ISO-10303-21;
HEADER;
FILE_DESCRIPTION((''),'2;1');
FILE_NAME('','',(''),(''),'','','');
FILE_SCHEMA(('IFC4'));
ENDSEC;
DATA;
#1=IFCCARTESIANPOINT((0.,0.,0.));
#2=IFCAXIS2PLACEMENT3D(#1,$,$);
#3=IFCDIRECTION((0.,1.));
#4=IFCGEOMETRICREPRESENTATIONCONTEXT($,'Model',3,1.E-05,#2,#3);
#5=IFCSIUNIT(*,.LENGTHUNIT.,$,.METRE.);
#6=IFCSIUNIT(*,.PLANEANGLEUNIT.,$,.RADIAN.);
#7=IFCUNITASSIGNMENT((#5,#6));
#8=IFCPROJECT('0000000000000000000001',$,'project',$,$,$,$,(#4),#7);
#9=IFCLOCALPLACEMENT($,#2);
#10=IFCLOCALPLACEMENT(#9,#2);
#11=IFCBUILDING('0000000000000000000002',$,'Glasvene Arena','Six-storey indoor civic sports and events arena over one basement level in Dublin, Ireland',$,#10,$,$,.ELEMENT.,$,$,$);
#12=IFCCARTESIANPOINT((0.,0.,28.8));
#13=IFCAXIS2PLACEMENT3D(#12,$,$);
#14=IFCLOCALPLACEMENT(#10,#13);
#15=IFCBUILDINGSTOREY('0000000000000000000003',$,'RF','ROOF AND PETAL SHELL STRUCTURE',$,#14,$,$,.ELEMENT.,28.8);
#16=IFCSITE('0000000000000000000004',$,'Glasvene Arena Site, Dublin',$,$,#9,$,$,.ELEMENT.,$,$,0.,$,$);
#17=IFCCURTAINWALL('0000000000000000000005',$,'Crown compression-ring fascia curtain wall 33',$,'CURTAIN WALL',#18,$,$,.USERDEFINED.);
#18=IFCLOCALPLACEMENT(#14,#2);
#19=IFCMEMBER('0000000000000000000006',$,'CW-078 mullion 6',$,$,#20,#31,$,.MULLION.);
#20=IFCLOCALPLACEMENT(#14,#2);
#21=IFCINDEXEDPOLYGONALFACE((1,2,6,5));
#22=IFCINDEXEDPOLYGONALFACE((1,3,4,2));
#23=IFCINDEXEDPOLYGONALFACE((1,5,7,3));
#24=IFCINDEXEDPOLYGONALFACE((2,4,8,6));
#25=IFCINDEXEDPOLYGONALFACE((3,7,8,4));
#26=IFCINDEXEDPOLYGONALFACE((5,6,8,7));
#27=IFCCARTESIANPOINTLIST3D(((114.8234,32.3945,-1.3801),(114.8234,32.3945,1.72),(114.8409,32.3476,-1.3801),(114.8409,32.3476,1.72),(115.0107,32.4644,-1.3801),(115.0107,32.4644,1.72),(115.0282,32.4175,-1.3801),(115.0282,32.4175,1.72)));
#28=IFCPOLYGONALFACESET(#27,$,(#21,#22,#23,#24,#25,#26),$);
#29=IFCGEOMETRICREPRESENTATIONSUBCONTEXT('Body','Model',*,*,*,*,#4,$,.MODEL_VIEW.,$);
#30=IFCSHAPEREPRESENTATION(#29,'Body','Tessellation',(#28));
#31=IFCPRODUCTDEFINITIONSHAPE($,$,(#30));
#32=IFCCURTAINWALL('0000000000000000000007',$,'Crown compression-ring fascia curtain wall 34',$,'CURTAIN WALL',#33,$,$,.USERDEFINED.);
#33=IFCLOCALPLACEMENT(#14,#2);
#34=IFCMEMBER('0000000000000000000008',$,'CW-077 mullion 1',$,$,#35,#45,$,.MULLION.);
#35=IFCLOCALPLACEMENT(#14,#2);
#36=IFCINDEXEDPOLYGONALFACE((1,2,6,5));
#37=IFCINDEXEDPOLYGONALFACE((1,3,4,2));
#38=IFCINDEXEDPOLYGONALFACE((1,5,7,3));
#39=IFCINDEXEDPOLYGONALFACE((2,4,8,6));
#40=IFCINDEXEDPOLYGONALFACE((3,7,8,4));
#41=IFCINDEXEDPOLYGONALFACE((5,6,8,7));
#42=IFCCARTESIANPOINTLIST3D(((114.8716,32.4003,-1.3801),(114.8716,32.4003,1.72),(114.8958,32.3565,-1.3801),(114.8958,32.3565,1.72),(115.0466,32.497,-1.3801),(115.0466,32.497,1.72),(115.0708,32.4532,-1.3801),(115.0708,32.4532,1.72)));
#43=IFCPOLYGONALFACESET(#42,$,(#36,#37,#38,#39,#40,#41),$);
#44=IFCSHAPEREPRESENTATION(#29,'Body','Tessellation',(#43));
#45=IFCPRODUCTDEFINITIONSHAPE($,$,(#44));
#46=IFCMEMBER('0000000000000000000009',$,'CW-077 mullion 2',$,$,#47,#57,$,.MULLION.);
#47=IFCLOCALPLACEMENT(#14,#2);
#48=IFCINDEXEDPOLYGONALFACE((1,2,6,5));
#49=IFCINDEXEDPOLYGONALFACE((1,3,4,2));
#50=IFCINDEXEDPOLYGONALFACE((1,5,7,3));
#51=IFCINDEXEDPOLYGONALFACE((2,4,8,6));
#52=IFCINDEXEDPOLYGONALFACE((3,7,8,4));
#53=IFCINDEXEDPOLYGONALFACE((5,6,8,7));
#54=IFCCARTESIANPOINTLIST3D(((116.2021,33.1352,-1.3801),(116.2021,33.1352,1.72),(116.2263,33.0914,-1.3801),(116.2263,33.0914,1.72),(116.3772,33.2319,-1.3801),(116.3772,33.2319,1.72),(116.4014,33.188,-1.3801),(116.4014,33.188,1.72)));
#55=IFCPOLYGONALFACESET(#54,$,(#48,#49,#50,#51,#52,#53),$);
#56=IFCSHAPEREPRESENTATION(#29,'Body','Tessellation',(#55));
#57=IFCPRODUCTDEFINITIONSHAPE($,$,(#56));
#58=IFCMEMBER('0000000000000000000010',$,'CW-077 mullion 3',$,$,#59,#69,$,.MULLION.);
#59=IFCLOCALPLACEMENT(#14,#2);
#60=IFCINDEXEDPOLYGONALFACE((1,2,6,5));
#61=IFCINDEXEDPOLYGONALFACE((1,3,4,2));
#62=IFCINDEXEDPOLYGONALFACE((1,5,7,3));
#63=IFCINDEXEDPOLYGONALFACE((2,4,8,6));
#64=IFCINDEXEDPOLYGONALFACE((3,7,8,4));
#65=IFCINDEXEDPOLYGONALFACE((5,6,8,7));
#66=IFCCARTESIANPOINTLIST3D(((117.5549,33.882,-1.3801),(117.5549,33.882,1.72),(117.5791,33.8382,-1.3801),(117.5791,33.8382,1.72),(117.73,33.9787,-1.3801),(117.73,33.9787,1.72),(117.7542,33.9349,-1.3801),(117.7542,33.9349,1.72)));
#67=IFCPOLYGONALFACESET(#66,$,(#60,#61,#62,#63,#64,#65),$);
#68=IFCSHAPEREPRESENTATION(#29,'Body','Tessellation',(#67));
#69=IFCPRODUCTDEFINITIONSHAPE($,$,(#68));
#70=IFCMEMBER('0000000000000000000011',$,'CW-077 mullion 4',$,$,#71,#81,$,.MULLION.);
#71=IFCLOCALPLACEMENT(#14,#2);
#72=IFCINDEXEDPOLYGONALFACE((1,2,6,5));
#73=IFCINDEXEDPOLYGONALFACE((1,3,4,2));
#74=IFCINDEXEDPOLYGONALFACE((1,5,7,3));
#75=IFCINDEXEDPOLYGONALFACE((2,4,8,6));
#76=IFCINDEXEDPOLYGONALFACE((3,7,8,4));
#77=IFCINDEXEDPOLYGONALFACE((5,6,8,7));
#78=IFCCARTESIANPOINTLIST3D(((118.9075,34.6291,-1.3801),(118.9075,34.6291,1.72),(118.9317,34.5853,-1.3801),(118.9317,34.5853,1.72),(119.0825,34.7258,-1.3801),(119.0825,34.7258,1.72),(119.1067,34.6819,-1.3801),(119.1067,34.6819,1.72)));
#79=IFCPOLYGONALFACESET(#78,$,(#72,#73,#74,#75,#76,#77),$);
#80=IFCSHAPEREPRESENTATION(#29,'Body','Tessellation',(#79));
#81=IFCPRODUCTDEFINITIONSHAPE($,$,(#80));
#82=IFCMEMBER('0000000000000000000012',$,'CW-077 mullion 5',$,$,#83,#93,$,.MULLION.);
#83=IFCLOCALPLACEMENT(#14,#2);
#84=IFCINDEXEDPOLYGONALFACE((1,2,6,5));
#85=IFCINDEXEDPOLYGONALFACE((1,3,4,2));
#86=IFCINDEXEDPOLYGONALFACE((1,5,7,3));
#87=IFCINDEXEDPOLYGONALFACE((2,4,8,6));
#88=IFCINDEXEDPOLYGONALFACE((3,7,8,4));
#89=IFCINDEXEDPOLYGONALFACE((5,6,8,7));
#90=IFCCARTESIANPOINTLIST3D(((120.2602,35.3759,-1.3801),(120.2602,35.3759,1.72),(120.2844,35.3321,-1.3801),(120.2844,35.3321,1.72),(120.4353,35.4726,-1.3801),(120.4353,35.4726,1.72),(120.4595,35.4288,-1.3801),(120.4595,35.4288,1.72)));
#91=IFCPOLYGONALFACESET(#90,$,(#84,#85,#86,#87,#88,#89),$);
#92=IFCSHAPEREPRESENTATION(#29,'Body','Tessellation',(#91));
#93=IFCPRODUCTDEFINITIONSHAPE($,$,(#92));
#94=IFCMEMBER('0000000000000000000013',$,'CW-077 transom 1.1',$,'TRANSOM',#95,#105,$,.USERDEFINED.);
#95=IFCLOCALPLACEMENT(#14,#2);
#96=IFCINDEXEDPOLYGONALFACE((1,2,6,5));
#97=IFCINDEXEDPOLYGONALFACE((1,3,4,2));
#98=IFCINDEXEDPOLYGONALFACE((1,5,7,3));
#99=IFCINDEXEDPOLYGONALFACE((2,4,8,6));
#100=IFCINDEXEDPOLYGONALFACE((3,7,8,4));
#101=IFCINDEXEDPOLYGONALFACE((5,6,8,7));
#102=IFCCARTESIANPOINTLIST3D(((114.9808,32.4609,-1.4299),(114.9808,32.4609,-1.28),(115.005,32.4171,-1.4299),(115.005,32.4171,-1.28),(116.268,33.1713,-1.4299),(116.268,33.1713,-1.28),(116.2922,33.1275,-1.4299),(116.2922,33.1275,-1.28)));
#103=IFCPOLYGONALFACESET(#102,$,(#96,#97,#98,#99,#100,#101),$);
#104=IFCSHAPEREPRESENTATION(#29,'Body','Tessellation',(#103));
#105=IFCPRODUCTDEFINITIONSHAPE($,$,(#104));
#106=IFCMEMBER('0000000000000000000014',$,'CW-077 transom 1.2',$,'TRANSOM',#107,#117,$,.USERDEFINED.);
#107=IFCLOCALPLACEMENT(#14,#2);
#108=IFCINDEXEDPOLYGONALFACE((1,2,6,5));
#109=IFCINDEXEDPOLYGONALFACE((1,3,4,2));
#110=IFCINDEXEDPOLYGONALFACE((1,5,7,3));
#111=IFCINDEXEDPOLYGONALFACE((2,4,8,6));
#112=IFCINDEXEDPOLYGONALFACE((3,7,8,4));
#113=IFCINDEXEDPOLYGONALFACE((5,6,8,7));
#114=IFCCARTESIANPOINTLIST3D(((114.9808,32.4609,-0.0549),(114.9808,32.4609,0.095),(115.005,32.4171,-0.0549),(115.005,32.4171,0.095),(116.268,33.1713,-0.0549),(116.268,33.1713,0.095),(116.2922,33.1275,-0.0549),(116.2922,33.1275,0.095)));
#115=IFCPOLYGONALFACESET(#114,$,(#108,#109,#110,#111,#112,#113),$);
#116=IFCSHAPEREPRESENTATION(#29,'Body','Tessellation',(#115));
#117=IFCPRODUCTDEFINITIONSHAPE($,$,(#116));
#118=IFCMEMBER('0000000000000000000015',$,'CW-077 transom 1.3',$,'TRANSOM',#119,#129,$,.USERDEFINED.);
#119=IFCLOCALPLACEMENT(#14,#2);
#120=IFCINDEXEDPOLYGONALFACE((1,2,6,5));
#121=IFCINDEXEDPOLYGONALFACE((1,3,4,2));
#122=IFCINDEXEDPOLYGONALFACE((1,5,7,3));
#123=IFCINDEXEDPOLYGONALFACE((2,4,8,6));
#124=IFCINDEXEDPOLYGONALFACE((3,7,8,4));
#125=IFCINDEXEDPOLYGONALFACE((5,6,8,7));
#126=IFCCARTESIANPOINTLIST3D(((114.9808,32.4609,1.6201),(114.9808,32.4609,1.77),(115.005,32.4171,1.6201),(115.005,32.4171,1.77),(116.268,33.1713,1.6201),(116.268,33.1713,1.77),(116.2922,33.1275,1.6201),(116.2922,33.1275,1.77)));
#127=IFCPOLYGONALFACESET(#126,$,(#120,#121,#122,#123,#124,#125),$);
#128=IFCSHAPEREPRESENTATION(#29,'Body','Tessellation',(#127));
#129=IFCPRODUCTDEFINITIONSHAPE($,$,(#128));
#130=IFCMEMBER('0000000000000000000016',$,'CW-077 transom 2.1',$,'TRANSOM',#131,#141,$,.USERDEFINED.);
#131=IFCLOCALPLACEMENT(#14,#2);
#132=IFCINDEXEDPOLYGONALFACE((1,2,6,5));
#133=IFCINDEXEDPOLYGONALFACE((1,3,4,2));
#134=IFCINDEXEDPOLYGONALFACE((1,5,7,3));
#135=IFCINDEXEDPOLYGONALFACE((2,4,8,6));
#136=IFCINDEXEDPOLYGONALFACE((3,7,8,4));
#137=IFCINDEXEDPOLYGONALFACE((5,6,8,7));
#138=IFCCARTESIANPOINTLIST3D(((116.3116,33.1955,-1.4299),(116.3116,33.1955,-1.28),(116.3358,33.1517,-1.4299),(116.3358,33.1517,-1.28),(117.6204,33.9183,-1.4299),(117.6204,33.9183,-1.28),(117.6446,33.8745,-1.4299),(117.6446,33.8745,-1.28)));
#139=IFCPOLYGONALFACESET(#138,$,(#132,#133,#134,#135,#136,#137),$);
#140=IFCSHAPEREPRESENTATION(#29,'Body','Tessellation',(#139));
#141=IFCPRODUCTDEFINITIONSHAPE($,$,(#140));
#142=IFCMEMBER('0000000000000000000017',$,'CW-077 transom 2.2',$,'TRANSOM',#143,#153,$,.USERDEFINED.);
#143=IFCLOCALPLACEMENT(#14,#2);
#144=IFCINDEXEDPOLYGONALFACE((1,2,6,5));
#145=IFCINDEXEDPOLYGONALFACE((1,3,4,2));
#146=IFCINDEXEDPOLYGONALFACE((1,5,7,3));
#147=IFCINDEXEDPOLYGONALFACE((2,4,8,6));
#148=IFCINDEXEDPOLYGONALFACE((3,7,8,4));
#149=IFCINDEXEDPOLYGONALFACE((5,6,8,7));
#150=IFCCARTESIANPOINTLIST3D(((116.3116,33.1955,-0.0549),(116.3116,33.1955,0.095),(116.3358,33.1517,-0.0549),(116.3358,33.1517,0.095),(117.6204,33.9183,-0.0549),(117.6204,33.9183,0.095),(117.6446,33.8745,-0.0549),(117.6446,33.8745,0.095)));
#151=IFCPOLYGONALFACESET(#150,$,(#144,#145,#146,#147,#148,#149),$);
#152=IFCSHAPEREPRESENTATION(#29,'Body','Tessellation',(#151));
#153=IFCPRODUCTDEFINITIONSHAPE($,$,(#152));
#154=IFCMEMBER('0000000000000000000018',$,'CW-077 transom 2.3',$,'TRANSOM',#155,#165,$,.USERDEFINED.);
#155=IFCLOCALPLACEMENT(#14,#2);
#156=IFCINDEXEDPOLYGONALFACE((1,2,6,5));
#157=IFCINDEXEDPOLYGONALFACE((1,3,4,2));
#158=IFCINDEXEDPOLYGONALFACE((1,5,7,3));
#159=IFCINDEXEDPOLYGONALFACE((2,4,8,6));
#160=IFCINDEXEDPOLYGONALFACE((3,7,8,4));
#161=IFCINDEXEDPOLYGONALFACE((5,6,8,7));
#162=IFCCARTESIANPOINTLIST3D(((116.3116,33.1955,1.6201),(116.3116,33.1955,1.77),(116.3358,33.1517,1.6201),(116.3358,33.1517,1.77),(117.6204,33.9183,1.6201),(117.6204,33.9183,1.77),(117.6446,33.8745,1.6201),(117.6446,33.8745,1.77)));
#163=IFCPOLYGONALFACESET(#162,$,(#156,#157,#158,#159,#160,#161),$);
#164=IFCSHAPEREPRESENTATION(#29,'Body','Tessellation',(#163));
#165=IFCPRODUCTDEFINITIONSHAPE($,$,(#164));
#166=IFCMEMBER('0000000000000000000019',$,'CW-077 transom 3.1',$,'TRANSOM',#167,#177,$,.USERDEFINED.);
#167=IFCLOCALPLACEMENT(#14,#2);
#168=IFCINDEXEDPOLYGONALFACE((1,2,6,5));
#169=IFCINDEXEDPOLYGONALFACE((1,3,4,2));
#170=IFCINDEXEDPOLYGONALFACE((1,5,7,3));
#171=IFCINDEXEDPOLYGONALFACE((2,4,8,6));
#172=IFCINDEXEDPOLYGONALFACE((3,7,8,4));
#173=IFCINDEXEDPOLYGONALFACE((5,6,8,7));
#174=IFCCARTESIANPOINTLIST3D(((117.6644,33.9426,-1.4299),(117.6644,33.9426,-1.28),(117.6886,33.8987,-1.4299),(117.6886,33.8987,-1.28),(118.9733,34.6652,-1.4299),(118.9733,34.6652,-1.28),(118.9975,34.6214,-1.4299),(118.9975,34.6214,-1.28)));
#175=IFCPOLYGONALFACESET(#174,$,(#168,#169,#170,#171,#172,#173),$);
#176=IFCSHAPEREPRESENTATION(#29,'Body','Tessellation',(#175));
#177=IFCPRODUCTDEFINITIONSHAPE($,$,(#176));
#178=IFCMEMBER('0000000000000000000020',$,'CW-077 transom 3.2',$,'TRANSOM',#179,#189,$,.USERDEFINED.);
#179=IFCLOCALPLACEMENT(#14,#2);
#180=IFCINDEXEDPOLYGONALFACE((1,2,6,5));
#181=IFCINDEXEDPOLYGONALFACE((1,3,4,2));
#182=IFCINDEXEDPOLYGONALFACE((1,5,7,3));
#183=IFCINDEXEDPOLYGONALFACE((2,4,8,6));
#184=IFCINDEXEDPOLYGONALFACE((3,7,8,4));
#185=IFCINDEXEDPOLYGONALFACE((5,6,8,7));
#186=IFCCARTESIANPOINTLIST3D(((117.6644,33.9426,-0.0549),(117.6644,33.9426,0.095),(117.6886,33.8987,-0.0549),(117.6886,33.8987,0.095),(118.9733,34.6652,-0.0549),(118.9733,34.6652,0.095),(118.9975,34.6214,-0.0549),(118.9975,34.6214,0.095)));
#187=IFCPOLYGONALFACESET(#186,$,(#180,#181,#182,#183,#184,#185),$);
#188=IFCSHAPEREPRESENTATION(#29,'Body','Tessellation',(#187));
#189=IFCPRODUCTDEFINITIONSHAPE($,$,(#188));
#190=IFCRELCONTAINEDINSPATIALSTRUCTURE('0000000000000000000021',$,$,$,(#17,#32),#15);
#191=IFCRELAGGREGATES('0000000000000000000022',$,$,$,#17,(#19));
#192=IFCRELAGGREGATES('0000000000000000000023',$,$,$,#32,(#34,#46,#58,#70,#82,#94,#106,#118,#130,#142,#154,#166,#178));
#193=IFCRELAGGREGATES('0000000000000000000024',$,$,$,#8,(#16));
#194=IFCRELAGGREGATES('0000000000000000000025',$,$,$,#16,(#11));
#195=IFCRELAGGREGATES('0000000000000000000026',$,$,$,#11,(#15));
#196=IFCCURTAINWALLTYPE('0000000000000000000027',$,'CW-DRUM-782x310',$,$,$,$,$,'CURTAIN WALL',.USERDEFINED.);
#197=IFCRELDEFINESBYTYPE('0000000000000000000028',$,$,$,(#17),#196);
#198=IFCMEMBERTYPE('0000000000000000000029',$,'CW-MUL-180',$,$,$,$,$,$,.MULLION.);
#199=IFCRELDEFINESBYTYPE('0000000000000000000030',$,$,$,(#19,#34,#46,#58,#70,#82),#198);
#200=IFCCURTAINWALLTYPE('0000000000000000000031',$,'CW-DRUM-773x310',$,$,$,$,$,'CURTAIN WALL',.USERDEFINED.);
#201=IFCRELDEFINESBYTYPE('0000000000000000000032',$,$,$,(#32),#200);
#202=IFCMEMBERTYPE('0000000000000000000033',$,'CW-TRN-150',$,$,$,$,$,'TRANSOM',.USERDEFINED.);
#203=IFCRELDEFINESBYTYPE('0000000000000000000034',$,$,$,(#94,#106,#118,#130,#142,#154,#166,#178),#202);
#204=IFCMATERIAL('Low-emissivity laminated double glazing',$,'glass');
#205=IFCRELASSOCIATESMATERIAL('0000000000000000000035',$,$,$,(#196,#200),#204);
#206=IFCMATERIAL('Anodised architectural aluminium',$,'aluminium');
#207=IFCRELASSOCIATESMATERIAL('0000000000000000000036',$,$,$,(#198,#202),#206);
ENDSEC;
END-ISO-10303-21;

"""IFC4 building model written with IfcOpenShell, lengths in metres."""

from ifc_helpers import new_model, si_unit, direction, frame, origin, origin_2d, place, context, subcontext, project, spatial, rectangle, extrude, material, material_profile, profile_set, type_object, element, aggregate, save


model = new_model("IFC4")

# Units and contexts
model_context = context("Model", 3, precision=1e-05, world=origin(), true_north=direction((0.0, 1.0)))
body_context = subcontext(model_context, "Body", "Model", "MODEL_VIEW")
ifc_project = project(units=[si_unit("LENGTHUNIT", "METRE"), si_unit("PLANEANGLEUNIT", "RADIAN")], contexts=[model_context])

# Site, building, storey
site_placement = place(None, origin())
site = spatial("IfcSite", under=ifc_project, at=site_placement, Name="Glasvene Arena Site, Dublin", CompositionType="ELEMENT", RefElevation=0.0)
building_placement = place(site_placement, origin())
building = spatial("IfcBuilding", under=site, at=building_placement, Name="Glasvene Arena", Description="Six-storey indoor civic sports and events arena over one basement level in Dublin, Ireland", CompositionType="ELEMENT")
storey_placement = place(building_placement, frame((0.0, 0.0, 28.8)))
storey = spatial("IfcBuildingStorey", under=building, at=storey_placement, Name="RF", Description="ROOF AND PETAL SHELL STRUCTURE", CompositionType="ELEMENT", Elevation=28.8)

# Curtain wall, member
ifc_material_1 = material(Name="Low-emissivity laminated double glazing", Category="glass")
curtain_wall_type_1 = type_object("IfcCurtainWallType", Name="CW-DRUM-782x310", ElementType="CURTAIN WALL", PredefinedType="USERDEFINED", material=ifc_material_1)
curtain_wall_1_placement = place(storey_placement, frame((107.6208, 29.6794, 0.0)))
curtain_wall_1 = element("IfcCurtainWall", 1, at=curtain_wall_1_placement, inside=storey, type_object=curtain_wall_type_1, Name="Crown compression-ring fascia curtain wall 33", ObjectType="CURTAIN WALL", PredefinedType="USERDEFINED")
ifc_material_2 = material(Name="Anodised architectural aluminium", Category="aluminium")
ifc_material_profile_1 = material_profile(ifc_material_2, rectangle(XDim=0.05, YDim=0.2, at=origin_2d()), Name="ALU MULLION 50x200")
ifc_profile_set_1 = profile_set([ifc_material_profile_1], Name="Anodised architectural aluminium")
member_type_1 = type_object("IfcMemberType", Name="CW-MUL-180", PredefinedType="MULLION", material=ifc_profile_set_1)
member_1_placement = place(storey_placement, frame((114.9258, 32.406, -1.3801), z_axis=(0.0, 0.0, 1.0), x_axis=(-0.349683, 0.936868, 0.0)))
member_1 = element("IfcMember", 2, at=member_1_placement, type_object=member_type_1, Name="CW-078 mullion 6", PredefinedType="MULLION", context=body_context, shape_type="SweptSolid", body=[
    extrude(rectangle(XDim=0.05, YDim=0.2, at=origin_2d()), origin(), (0.0, 0.0, 1.0), 3.1001),
])
aggregate(curtain_wall_1, [member_1])

# Curtain wall, members
curtain_wall_type_2 = type_object("IfcCurtainWallType", Name="CW-DRUM-773x310", ElementType="CURTAIN WALL", PredefinedType="USERDEFINED", material=ifc_material_1)
curtain_wall_2_placement = place(storey_placement, frame((114.9492, 32.4148, 0.0)))
curtain_wall_2 = element("IfcCurtainWall", 3, at=curtain_wall_2_placement, inside=storey, type_object=curtain_wall_type_2, Name="Crown compression-ring fascia curtain wall 34", ObjectType="CURTAIN WALL", PredefinedType="USERDEFINED")
member_2_placement = place(storey_placement, frame((114.9712, 32.4268, -1.3801), z_axis=(0.0, 0.0, 1.0), x_axis=(-0.483387, 0.875407, 0.0)))
member_2 = element("IfcMember", 4, at=member_2_placement, type_object=member_type_1, Name="CW-077 mullion 1", PredefinedType="MULLION", context=body_context, shape_type="SweptSolid", body=[
    extrude(rectangle(XDim=0.05, YDim=0.2, at=origin_2d()), origin(), (0.0, 0.0, 1.0), 3.1001),
])
member_3_placement = place(storey_placement, frame((116.3018, 33.1616, -1.3801), z_axis=(0.0, 0.0, 1.0), x_axis=(-0.483387, 0.875407, 0.0)))
member_3 = element("IfcMember", 5, at=member_3_placement, type_object=member_type_1, Name="CW-077 mullion 2", PredefinedType="MULLION", context=body_context, shape_type="SweptSolid", body=[
    extrude(rectangle(XDim=0.05, YDim=0.2, at=origin_2d()), origin(), (0.0, 0.0, 1.0), 3.1001),
])
member_4_placement = place(storey_placement, frame((117.6545, 33.9084, -1.3801), z_axis=(0.0, 0.0, 1.0), x_axis=(-0.483387, 0.875407, 0.0)))
member_4 = element("IfcMember", 6, at=member_4_placement, type_object=member_type_1, Name="CW-077 mullion 3", PredefinedType="MULLION", context=body_context, shape_type="SweptSolid", body=[
    extrude(rectangle(XDim=0.05, YDim=0.2, at=origin_2d()), origin(), (0.0, 0.0, 1.0), 3.1001),
])
member_5_placement = place(storey_placement, frame((119.0071, 34.6555, -1.3801), z_axis=(0.0, 0.0, 1.0), x_axis=(-0.483387, 0.875407, 0.0)))
member_5 = element("IfcMember", 7, at=member_5_placement, type_object=member_type_1, Name="CW-077 mullion 4", PredefinedType="MULLION", context=body_context, shape_type="SweptSolid", body=[
    extrude(rectangle(XDim=0.05, YDim=0.2, at=origin_2d()), origin(), (0.0, 0.0, 1.0), 3.1001),
])
member_6_placement = place(storey_placement, frame((120.3599, 35.4023, -1.3801), z_axis=(0.0, 0.0, 1.0), x_axis=(-0.483387, 0.875407, 0.0)))
member_6 = element("IfcMember", 8, at=member_6_placement, type_object=member_type_1, Name="CW-077 mullion 5", PredefinedType="MULLION", context=body_context, shape_type="SweptSolid", body=[
    extrude(rectangle(XDim=0.05, YDim=0.2, at=origin_2d()), origin(), (0.0, 0.0, 1.0), 3.1001),
])
ifc_material_profile_2 = material_profile(ifc_material_2, rectangle(XDim=0.05, YDim=0.1499, at=origin_2d()), Name="ALU TRANSOM 50x150")
ifc_profile_set_2 = profile_set([ifc_material_profile_2], Name="Anodised architectural aluminium")
member_type_2 = type_object("IfcMemberType", Name="CW-TRN-150", ElementType="TRANSOM", PredefinedType="USERDEFINED", material=ifc_profile_set_2)
member_7_placement = place(storey_placement, frame((114.9929, 32.439, -1.355), z_axis=(0.875486, 0.483244, 0.0), x_axis=(-0.483244, 0.875486, 0.0)))
member_7 = element("IfcMember", 9, at=member_7_placement, type_object=member_type_2, Name="CW-077 transom 1.1", ObjectType="TRANSOM", PredefinedType="USERDEFINED", context=body_context, shape_type="SweptSolid", body=[
    extrude(rectangle(XDim=0.05, YDim=0.1499, at=origin_2d()), origin(), (0.0, 0.0, 1.0), 1.4702),
])
member_8_placement = place(storey_placement, frame((114.9929, 32.439, 0.02), z_axis=(0.875486, 0.483244, 0.0), x_axis=(-0.483244, 0.875486, 0.0)))
member_8 = element("IfcMember", 10, at=member_8_placement, type_object=member_type_2, Name="CW-077 transom 1.2", ObjectType="TRANSOM", PredefinedType="USERDEFINED", context=body_context, shape_type="SweptSolid", body=[
    extrude(rectangle(XDim=0.05, YDim=0.1499, at=origin_2d()), origin(), (0.0, 0.0, 1.0), 1.4702),
])
member_9_placement = place(storey_placement, frame((114.9929, 32.439, 1.6951), z_axis=(0.875486, 0.483244, 0.0), x_axis=(-0.483244, 0.875486, 0.0)))
member_9 = element("IfcMember", 11, at=member_9_placement, type_object=member_type_2, Name="CW-077 transom 1.3", ObjectType="TRANSOM", PredefinedType="USERDEFINED", context=body_context, shape_type="SweptSolid", body=[
    extrude(rectangle(XDim=0.05, YDim=0.1499, at=origin_2d()), origin(), (0.0, 0.0, 1.0), 1.4702),
])
member_10_placement = place(storey_placement, frame((116.3237, 33.1736, -1.355), z_axis=(0.875356, 0.483479, 0.0), x_axis=(-0.483479, 0.875356, 0.0)))
member_10 = element("IfcMember", 12, at=member_10_placement, type_object=member_type_2, Name="CW-077 transom 2.1", ObjectType="TRANSOM", PredefinedType="USERDEFINED", context=body_context, shape_type="SweptSolid", body=[
    extrude(rectangle(XDim=0.05, YDim=0.1499, at=origin_2d()), origin(), (0.0, 0.0, 1.0), 1.4951),
])
member_11_placement = place(storey_placement, frame((116.3237, 33.1736, 0.02), z_axis=(0.875356, 0.483479, 0.0), x_axis=(-0.483479, 0.875356, 0.0)))
member_11 = element("IfcMember", 13, at=member_11_placement, type_object=member_type_2, Name="CW-077 transom 2.2", ObjectType="TRANSOM", PredefinedType="USERDEFINED", context=body_context, shape_type="SweptSolid", body=[
    extrude(rectangle(XDim=0.05, YDim=0.1499, at=origin_2d()), origin(), (0.0, 0.0, 1.0), 1.4951),
])
member_12_placement = place(storey_placement, frame((116.3237, 33.1736, 1.6951), z_axis=(0.875356, 0.483479, 0.0), x_axis=(-0.483479, 0.875356, 0.0)))
member_12 = element("IfcMember", 14, at=member_12_placement, type_object=member_type_2, Name="CW-077 transom 2.3", ObjectType="TRANSOM", PredefinedType="USERDEFINED", context=body_context, shape_type="SweptSolid", body=[
    extrude(rectangle(XDim=0.05, YDim=0.1499, at=origin_2d()), origin(), (0.0, 0.0, 1.0), 1.4951),
])
member_13_placement = place(storey_placement, frame((117.6765, 33.9207, -1.355), z_axis=(0.875425, 0.483354, 0.0), x_axis=(-0.483354, 0.875425, 0.0)))
member_13 = element("IfcMember", 15, at=member_13_placement, type_object=member_type_2, Name="CW-077 transom 3.1", ObjectType="TRANSOM", PredefinedType="USERDEFINED", context=body_context, shape_type="SweptSolid", body=[
    extrude(rectangle(XDim=0.05, YDim=0.1499, at=origin_2d()), origin(), (0.0, 0.0, 1.0), 1.4951),
])
member_14_placement = place(storey_placement, frame((117.6765, 33.9207, 0.02), z_axis=(0.875425, 0.483354, 0.0), x_axis=(-0.483354, 0.875425, 0.0)))
member_14 = element("IfcMember", 16, at=member_14_placement, type_object=member_type_2, Name="CW-077 transom 3.2", ObjectType="TRANSOM", PredefinedType="USERDEFINED", context=body_context, shape_type="SweptSolid", body=[
    extrude(rectangle(XDim=0.05, YDim=0.1499, at=origin_2d()), origin(), (0.0, 0.0, 1.0), 1.4951),
])

aggregate(curtain_wall_2, [member_2, member_3, member_4, member_5, member_6, member_7, member_8, member_9, member_10, member_11, member_12, member_13, member_14])

save(model, "model.ifc")
